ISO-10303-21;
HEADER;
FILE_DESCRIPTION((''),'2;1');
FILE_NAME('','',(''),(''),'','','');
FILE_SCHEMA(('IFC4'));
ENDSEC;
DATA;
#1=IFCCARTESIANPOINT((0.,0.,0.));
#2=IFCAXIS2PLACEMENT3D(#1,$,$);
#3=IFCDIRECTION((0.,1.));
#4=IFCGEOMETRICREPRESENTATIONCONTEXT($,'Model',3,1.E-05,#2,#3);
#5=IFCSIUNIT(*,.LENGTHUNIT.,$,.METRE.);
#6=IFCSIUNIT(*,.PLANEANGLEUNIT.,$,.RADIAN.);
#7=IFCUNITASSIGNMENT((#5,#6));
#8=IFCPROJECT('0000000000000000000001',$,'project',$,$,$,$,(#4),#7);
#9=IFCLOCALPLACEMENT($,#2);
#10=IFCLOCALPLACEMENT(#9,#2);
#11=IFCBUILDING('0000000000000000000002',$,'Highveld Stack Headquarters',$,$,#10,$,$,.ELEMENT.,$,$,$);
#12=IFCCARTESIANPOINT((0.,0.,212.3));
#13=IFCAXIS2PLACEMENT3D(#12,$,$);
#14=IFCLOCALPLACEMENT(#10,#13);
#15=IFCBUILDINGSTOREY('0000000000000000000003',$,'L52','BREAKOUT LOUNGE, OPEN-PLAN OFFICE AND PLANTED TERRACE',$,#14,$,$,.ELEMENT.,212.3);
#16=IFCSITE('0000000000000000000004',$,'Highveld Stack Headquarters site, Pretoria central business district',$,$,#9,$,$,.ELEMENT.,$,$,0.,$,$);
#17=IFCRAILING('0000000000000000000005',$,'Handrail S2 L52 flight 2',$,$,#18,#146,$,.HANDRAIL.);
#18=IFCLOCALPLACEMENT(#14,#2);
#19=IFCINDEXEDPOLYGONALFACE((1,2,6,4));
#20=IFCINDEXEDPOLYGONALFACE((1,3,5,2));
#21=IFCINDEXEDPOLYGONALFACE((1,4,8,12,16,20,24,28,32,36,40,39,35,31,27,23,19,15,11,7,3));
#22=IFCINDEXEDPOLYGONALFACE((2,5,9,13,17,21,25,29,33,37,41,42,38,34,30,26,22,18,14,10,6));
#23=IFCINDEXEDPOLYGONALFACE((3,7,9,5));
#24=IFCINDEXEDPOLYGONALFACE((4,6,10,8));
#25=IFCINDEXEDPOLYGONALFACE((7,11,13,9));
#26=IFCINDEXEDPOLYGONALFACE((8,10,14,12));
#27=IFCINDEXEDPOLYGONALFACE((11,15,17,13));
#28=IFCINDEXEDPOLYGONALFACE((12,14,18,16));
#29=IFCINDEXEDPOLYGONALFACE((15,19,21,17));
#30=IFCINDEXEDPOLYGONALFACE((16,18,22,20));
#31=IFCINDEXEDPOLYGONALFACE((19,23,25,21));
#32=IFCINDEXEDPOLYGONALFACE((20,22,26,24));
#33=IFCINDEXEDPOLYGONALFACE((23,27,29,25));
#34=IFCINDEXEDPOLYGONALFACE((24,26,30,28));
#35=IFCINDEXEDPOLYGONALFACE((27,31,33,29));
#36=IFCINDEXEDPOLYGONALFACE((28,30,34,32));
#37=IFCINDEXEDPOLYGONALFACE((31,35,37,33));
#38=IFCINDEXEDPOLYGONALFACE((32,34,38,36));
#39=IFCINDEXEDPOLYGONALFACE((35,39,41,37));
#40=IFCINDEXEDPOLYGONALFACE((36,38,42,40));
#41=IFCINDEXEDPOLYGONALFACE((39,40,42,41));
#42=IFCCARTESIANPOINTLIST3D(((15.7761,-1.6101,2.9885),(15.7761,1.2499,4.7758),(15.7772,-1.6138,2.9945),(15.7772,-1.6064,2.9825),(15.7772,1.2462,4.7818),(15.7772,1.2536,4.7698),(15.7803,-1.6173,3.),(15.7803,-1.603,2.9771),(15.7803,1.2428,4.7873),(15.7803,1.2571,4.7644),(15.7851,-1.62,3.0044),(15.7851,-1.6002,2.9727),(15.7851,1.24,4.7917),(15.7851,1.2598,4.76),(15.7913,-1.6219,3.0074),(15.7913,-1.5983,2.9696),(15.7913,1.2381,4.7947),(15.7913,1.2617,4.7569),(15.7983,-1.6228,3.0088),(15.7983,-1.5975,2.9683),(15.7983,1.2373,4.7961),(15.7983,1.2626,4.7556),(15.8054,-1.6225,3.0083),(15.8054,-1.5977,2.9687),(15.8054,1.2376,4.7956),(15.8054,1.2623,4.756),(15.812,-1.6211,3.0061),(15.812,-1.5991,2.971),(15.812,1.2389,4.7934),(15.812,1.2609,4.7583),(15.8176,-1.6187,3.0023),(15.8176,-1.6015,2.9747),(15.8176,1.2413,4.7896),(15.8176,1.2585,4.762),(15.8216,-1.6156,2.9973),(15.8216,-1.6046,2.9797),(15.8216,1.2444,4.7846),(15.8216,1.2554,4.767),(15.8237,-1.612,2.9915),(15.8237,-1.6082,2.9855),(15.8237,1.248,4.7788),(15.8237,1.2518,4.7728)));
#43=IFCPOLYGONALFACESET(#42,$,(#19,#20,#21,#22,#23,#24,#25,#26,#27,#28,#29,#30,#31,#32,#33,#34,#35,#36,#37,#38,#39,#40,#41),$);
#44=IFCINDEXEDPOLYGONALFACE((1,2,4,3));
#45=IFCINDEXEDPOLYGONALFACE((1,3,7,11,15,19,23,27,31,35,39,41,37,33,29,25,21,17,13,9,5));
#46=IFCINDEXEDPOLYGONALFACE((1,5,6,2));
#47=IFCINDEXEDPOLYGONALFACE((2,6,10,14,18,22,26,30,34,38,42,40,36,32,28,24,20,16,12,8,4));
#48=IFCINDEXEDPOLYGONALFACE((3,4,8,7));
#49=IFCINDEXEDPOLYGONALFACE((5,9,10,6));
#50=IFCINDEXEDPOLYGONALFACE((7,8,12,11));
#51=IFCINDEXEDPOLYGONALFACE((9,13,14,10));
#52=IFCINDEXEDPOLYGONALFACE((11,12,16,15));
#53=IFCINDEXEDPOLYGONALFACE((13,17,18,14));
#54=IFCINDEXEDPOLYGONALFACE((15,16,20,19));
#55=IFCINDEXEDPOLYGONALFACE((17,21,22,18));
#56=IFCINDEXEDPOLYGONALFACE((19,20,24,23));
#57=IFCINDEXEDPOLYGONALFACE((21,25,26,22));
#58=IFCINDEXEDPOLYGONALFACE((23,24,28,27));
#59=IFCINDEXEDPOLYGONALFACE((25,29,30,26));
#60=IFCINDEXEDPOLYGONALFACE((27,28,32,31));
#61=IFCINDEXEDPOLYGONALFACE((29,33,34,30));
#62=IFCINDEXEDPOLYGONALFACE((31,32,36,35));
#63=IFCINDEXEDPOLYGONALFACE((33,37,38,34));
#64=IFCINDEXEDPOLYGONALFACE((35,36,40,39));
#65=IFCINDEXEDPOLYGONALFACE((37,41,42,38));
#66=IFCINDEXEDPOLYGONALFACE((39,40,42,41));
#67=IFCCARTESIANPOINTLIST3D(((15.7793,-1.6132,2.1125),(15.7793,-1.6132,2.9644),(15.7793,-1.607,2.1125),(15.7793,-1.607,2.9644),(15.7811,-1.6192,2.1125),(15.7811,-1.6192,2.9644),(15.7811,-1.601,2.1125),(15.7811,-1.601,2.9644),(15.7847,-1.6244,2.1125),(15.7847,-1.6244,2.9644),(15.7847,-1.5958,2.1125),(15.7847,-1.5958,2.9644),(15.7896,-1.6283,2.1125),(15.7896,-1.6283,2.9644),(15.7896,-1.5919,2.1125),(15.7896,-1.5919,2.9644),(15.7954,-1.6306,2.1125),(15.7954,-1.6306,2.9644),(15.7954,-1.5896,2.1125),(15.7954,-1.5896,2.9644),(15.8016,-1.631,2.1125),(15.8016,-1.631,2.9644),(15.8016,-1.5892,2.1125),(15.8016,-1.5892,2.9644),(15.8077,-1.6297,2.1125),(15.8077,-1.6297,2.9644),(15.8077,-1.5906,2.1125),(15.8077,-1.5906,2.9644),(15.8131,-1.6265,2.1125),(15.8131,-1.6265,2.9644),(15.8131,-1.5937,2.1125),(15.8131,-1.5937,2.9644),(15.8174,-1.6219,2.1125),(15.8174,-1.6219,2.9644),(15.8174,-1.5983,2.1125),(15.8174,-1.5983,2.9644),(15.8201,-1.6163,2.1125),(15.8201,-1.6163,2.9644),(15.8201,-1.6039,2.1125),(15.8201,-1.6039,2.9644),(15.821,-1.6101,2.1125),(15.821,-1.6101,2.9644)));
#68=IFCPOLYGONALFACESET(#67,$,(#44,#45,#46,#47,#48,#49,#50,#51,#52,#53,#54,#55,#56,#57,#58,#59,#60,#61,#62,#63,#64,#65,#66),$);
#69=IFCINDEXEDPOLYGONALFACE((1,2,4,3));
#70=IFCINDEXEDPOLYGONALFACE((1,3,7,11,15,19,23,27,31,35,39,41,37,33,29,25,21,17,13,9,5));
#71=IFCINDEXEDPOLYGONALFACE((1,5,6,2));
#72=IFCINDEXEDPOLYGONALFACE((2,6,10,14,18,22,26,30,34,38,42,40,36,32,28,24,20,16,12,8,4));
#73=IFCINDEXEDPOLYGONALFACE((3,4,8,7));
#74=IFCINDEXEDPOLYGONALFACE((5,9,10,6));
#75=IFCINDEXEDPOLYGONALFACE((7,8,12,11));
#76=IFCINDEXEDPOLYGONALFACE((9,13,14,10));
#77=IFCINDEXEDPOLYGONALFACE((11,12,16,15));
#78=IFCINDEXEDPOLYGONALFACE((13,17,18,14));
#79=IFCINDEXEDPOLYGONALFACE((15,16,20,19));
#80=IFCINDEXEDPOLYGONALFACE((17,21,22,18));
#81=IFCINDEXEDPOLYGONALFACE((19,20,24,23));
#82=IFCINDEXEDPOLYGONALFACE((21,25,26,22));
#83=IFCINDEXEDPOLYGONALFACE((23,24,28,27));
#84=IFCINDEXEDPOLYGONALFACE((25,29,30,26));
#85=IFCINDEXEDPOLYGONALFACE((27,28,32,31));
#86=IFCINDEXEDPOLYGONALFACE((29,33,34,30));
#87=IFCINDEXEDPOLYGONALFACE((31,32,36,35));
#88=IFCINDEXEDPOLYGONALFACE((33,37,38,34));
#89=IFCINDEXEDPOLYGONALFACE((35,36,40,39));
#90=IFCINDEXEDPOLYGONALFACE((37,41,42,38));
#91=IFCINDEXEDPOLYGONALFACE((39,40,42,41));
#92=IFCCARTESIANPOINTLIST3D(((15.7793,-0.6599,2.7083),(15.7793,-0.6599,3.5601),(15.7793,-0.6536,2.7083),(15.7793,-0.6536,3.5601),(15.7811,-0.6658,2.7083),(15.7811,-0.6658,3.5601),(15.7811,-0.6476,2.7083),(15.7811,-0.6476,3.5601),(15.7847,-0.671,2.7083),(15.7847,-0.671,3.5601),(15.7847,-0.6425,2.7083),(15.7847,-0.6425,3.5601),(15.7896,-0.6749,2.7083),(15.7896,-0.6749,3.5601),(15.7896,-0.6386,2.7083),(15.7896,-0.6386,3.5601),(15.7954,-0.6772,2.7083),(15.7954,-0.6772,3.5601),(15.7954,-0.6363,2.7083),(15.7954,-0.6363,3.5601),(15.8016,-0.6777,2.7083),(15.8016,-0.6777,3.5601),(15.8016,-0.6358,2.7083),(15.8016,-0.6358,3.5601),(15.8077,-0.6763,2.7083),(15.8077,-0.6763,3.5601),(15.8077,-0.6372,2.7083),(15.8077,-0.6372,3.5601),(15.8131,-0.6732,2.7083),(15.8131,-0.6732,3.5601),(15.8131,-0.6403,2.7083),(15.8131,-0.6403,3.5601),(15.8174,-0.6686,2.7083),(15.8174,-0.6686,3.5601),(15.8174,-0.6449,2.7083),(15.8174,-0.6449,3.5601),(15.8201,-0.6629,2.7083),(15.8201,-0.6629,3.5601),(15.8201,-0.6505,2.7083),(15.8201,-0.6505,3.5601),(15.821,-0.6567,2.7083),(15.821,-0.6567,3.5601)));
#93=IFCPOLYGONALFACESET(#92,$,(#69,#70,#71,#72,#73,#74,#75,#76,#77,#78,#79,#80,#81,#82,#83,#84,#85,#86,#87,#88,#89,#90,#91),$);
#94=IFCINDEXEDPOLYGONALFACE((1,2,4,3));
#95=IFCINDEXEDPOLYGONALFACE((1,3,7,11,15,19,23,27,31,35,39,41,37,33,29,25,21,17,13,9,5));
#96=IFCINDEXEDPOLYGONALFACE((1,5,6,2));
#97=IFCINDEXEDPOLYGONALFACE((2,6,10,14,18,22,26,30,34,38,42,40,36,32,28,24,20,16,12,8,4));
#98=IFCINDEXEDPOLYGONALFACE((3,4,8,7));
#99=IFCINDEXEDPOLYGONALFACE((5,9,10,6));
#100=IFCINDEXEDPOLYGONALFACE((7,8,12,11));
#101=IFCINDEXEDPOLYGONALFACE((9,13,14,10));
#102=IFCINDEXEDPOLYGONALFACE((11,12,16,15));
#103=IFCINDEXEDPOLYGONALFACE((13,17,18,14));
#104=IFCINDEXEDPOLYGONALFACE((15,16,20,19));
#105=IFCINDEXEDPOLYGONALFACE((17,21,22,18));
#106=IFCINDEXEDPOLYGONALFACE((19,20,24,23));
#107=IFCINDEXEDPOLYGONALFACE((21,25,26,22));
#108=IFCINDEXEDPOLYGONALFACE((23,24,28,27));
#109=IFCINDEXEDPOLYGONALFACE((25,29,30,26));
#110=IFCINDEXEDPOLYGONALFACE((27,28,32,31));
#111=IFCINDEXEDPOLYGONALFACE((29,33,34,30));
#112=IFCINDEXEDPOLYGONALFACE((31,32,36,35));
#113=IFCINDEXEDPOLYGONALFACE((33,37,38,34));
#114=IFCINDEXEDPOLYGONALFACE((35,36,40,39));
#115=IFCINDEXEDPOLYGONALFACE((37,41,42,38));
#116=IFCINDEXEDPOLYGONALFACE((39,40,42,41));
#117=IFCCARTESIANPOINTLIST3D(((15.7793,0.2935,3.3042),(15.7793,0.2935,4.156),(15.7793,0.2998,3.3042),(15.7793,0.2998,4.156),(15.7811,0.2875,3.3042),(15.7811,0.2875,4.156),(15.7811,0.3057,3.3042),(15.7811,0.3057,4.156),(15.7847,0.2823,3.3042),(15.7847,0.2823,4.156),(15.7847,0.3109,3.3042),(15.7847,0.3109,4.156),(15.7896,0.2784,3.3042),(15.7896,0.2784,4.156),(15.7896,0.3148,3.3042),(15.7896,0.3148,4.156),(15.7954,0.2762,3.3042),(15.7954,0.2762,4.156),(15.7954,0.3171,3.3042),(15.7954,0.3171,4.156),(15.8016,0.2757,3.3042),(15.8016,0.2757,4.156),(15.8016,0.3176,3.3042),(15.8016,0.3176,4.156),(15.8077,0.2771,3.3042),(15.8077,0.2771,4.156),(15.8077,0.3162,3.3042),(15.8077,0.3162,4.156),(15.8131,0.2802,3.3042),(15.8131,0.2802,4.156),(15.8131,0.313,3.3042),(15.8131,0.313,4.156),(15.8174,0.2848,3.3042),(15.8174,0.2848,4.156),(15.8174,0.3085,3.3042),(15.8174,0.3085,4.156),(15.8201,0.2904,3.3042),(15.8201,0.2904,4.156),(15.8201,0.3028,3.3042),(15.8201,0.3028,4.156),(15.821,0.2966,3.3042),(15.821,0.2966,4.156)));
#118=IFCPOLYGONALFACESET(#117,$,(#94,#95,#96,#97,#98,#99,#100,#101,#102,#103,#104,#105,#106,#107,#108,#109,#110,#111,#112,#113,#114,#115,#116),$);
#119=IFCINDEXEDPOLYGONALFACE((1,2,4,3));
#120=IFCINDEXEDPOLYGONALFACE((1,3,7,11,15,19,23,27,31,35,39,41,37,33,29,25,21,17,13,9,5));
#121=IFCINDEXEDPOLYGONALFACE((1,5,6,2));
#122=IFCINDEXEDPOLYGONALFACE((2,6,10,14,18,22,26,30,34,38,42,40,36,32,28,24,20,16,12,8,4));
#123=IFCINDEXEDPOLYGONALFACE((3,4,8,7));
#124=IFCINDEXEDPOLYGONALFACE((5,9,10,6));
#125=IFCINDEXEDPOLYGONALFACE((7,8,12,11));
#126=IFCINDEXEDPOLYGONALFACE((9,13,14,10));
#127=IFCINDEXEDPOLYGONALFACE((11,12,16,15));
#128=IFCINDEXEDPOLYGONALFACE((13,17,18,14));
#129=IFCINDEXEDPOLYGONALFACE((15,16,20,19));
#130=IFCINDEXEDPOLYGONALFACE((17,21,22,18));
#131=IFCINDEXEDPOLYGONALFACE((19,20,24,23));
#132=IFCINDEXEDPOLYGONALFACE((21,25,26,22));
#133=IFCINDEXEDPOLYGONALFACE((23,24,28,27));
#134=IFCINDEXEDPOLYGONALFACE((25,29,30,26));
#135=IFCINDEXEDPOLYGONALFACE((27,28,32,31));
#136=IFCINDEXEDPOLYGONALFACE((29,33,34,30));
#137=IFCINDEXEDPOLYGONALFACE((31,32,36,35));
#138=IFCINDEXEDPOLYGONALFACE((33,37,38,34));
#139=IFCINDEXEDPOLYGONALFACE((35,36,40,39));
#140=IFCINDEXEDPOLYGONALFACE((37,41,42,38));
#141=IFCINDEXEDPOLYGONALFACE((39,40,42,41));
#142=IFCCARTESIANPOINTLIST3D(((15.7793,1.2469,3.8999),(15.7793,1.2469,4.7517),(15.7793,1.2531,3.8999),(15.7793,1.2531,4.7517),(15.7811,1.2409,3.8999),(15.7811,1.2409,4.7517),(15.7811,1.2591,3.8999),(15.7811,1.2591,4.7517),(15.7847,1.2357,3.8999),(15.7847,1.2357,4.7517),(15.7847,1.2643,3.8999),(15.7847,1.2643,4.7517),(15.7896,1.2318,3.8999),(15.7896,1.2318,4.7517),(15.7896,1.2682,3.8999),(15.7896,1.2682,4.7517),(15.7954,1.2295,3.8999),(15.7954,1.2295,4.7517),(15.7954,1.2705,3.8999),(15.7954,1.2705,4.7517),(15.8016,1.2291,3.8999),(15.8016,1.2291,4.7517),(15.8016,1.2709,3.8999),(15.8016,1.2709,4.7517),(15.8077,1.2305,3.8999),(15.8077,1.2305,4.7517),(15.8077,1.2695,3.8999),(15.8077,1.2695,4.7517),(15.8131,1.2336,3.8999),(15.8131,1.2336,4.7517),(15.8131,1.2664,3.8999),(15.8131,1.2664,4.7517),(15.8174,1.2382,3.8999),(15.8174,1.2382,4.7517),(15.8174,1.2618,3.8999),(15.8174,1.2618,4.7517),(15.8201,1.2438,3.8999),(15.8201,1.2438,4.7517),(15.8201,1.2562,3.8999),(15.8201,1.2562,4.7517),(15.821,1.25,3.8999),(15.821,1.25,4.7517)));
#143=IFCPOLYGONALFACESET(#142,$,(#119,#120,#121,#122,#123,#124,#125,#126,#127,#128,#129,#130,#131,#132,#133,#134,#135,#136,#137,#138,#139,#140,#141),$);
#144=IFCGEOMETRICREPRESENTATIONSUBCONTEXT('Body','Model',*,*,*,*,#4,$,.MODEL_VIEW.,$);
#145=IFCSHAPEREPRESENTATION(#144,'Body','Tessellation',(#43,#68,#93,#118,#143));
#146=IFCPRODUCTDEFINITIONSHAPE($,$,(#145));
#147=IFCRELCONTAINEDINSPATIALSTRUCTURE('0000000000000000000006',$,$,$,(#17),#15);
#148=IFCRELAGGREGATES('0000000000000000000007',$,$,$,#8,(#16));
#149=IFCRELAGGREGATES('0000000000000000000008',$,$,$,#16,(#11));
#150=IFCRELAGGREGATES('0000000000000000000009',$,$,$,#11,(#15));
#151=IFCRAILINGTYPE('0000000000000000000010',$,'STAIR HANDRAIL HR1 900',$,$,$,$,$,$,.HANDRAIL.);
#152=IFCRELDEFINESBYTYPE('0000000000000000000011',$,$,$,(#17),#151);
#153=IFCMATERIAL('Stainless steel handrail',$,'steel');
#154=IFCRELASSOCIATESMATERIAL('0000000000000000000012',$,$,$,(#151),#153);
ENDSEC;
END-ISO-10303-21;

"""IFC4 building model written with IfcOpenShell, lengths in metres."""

from ifc_helpers import new_model, si_unit, direction, frame, origin, origin_2d, place, context, subcontext, project, spatial, circle, extrude, material, type_object, element, save


model = new_model("IFC4")

# Units and contexts
model_context = context("Model", 3, precision=1e-05, world=origin(), true_north=direction((0.0, 1.0)))
body_context = subcontext(model_context, "Body", "Model", "MODEL_VIEW")
ifc_project = project(units=[si_unit("LENGTHUNIT", "METRE"), si_unit("PLANEANGLEUNIT", "RADIAN")], contexts=[model_context])

# Site, building, storey
site_placement = place(None, origin())
site = spatial("IfcSite", under=ifc_project, at=site_placement, Name="Highveld Stack Headquarters site, Pretoria central business district", CompositionType="ELEMENT", RefElevation=0.0)
building_placement = place(site_placement, origin())
building = spatial("IfcBuilding", under=site, at=building_placement, Name="Highveld Stack Headquarters", CompositionType="ELEMENT")
storey_placement = place(building_placement, frame((0.0, 0.0, 212.3)))
storey = spatial("IfcBuildingStorey", under=building, at=storey_placement, Name="L52", Description="BREAKOUT LOUNGE, OPEN-PLAN OFFICE AND PLANTED TERRACE", CompositionType="ELEMENT", Elevation=212.3)

# Railing
ifc_material_1 = material(Name="Stainless steel handrail", Category="steel")
railing_type = type_object("IfcRailingType", Name="STAIR HANDRAIL HR1 900", PredefinedType="HANDRAIL", material=ifc_material_1)
for number, where, name in (
    (1, (15.8, -1.6101, 2.1125), "Handrail S2 L52 flight 2"),
):
    element("IfcRailing", number, at=place(storey_placement, frame(where)), inside=storey, type_object=railing_type, Name=name, PredefinedType="HANDRAIL", context=body_context, shape_type="SweptSolid", body=[
        extrude(circle(Radius=0.0239, at=origin_2d()), frame((0.0, 0.0, 0.876), z_axis=(0.0, 0.848027, 0.529953), x_axis=(-1.0, 0.0, 0.0)), (0.0, 0.0, 1.0), 3.3726),
        extrude(circle(Radius=0.021, at=origin_2d()), origin(), (0.0, 0.0, 1.0), 0.8518),
        extrude(circle(Radius=0.021, at=origin_2d()), frame((0.0, 0.9534, 0.5957)), (0.0, 0.0, 1.0), 0.8518),
        extrude(circle(Radius=0.021, at=origin_2d()), frame((0.0, 1.9067, 1.1917)), (0.0, 0.0, 1.0), 0.8518),
        extrude(circle(Radius=0.021, at=origin_2d()), frame((0.0, 2.8601, 1.7874)), (0.0, 0.0, 1.0), 0.8518),
    ])

save(model, "model.ifc")
